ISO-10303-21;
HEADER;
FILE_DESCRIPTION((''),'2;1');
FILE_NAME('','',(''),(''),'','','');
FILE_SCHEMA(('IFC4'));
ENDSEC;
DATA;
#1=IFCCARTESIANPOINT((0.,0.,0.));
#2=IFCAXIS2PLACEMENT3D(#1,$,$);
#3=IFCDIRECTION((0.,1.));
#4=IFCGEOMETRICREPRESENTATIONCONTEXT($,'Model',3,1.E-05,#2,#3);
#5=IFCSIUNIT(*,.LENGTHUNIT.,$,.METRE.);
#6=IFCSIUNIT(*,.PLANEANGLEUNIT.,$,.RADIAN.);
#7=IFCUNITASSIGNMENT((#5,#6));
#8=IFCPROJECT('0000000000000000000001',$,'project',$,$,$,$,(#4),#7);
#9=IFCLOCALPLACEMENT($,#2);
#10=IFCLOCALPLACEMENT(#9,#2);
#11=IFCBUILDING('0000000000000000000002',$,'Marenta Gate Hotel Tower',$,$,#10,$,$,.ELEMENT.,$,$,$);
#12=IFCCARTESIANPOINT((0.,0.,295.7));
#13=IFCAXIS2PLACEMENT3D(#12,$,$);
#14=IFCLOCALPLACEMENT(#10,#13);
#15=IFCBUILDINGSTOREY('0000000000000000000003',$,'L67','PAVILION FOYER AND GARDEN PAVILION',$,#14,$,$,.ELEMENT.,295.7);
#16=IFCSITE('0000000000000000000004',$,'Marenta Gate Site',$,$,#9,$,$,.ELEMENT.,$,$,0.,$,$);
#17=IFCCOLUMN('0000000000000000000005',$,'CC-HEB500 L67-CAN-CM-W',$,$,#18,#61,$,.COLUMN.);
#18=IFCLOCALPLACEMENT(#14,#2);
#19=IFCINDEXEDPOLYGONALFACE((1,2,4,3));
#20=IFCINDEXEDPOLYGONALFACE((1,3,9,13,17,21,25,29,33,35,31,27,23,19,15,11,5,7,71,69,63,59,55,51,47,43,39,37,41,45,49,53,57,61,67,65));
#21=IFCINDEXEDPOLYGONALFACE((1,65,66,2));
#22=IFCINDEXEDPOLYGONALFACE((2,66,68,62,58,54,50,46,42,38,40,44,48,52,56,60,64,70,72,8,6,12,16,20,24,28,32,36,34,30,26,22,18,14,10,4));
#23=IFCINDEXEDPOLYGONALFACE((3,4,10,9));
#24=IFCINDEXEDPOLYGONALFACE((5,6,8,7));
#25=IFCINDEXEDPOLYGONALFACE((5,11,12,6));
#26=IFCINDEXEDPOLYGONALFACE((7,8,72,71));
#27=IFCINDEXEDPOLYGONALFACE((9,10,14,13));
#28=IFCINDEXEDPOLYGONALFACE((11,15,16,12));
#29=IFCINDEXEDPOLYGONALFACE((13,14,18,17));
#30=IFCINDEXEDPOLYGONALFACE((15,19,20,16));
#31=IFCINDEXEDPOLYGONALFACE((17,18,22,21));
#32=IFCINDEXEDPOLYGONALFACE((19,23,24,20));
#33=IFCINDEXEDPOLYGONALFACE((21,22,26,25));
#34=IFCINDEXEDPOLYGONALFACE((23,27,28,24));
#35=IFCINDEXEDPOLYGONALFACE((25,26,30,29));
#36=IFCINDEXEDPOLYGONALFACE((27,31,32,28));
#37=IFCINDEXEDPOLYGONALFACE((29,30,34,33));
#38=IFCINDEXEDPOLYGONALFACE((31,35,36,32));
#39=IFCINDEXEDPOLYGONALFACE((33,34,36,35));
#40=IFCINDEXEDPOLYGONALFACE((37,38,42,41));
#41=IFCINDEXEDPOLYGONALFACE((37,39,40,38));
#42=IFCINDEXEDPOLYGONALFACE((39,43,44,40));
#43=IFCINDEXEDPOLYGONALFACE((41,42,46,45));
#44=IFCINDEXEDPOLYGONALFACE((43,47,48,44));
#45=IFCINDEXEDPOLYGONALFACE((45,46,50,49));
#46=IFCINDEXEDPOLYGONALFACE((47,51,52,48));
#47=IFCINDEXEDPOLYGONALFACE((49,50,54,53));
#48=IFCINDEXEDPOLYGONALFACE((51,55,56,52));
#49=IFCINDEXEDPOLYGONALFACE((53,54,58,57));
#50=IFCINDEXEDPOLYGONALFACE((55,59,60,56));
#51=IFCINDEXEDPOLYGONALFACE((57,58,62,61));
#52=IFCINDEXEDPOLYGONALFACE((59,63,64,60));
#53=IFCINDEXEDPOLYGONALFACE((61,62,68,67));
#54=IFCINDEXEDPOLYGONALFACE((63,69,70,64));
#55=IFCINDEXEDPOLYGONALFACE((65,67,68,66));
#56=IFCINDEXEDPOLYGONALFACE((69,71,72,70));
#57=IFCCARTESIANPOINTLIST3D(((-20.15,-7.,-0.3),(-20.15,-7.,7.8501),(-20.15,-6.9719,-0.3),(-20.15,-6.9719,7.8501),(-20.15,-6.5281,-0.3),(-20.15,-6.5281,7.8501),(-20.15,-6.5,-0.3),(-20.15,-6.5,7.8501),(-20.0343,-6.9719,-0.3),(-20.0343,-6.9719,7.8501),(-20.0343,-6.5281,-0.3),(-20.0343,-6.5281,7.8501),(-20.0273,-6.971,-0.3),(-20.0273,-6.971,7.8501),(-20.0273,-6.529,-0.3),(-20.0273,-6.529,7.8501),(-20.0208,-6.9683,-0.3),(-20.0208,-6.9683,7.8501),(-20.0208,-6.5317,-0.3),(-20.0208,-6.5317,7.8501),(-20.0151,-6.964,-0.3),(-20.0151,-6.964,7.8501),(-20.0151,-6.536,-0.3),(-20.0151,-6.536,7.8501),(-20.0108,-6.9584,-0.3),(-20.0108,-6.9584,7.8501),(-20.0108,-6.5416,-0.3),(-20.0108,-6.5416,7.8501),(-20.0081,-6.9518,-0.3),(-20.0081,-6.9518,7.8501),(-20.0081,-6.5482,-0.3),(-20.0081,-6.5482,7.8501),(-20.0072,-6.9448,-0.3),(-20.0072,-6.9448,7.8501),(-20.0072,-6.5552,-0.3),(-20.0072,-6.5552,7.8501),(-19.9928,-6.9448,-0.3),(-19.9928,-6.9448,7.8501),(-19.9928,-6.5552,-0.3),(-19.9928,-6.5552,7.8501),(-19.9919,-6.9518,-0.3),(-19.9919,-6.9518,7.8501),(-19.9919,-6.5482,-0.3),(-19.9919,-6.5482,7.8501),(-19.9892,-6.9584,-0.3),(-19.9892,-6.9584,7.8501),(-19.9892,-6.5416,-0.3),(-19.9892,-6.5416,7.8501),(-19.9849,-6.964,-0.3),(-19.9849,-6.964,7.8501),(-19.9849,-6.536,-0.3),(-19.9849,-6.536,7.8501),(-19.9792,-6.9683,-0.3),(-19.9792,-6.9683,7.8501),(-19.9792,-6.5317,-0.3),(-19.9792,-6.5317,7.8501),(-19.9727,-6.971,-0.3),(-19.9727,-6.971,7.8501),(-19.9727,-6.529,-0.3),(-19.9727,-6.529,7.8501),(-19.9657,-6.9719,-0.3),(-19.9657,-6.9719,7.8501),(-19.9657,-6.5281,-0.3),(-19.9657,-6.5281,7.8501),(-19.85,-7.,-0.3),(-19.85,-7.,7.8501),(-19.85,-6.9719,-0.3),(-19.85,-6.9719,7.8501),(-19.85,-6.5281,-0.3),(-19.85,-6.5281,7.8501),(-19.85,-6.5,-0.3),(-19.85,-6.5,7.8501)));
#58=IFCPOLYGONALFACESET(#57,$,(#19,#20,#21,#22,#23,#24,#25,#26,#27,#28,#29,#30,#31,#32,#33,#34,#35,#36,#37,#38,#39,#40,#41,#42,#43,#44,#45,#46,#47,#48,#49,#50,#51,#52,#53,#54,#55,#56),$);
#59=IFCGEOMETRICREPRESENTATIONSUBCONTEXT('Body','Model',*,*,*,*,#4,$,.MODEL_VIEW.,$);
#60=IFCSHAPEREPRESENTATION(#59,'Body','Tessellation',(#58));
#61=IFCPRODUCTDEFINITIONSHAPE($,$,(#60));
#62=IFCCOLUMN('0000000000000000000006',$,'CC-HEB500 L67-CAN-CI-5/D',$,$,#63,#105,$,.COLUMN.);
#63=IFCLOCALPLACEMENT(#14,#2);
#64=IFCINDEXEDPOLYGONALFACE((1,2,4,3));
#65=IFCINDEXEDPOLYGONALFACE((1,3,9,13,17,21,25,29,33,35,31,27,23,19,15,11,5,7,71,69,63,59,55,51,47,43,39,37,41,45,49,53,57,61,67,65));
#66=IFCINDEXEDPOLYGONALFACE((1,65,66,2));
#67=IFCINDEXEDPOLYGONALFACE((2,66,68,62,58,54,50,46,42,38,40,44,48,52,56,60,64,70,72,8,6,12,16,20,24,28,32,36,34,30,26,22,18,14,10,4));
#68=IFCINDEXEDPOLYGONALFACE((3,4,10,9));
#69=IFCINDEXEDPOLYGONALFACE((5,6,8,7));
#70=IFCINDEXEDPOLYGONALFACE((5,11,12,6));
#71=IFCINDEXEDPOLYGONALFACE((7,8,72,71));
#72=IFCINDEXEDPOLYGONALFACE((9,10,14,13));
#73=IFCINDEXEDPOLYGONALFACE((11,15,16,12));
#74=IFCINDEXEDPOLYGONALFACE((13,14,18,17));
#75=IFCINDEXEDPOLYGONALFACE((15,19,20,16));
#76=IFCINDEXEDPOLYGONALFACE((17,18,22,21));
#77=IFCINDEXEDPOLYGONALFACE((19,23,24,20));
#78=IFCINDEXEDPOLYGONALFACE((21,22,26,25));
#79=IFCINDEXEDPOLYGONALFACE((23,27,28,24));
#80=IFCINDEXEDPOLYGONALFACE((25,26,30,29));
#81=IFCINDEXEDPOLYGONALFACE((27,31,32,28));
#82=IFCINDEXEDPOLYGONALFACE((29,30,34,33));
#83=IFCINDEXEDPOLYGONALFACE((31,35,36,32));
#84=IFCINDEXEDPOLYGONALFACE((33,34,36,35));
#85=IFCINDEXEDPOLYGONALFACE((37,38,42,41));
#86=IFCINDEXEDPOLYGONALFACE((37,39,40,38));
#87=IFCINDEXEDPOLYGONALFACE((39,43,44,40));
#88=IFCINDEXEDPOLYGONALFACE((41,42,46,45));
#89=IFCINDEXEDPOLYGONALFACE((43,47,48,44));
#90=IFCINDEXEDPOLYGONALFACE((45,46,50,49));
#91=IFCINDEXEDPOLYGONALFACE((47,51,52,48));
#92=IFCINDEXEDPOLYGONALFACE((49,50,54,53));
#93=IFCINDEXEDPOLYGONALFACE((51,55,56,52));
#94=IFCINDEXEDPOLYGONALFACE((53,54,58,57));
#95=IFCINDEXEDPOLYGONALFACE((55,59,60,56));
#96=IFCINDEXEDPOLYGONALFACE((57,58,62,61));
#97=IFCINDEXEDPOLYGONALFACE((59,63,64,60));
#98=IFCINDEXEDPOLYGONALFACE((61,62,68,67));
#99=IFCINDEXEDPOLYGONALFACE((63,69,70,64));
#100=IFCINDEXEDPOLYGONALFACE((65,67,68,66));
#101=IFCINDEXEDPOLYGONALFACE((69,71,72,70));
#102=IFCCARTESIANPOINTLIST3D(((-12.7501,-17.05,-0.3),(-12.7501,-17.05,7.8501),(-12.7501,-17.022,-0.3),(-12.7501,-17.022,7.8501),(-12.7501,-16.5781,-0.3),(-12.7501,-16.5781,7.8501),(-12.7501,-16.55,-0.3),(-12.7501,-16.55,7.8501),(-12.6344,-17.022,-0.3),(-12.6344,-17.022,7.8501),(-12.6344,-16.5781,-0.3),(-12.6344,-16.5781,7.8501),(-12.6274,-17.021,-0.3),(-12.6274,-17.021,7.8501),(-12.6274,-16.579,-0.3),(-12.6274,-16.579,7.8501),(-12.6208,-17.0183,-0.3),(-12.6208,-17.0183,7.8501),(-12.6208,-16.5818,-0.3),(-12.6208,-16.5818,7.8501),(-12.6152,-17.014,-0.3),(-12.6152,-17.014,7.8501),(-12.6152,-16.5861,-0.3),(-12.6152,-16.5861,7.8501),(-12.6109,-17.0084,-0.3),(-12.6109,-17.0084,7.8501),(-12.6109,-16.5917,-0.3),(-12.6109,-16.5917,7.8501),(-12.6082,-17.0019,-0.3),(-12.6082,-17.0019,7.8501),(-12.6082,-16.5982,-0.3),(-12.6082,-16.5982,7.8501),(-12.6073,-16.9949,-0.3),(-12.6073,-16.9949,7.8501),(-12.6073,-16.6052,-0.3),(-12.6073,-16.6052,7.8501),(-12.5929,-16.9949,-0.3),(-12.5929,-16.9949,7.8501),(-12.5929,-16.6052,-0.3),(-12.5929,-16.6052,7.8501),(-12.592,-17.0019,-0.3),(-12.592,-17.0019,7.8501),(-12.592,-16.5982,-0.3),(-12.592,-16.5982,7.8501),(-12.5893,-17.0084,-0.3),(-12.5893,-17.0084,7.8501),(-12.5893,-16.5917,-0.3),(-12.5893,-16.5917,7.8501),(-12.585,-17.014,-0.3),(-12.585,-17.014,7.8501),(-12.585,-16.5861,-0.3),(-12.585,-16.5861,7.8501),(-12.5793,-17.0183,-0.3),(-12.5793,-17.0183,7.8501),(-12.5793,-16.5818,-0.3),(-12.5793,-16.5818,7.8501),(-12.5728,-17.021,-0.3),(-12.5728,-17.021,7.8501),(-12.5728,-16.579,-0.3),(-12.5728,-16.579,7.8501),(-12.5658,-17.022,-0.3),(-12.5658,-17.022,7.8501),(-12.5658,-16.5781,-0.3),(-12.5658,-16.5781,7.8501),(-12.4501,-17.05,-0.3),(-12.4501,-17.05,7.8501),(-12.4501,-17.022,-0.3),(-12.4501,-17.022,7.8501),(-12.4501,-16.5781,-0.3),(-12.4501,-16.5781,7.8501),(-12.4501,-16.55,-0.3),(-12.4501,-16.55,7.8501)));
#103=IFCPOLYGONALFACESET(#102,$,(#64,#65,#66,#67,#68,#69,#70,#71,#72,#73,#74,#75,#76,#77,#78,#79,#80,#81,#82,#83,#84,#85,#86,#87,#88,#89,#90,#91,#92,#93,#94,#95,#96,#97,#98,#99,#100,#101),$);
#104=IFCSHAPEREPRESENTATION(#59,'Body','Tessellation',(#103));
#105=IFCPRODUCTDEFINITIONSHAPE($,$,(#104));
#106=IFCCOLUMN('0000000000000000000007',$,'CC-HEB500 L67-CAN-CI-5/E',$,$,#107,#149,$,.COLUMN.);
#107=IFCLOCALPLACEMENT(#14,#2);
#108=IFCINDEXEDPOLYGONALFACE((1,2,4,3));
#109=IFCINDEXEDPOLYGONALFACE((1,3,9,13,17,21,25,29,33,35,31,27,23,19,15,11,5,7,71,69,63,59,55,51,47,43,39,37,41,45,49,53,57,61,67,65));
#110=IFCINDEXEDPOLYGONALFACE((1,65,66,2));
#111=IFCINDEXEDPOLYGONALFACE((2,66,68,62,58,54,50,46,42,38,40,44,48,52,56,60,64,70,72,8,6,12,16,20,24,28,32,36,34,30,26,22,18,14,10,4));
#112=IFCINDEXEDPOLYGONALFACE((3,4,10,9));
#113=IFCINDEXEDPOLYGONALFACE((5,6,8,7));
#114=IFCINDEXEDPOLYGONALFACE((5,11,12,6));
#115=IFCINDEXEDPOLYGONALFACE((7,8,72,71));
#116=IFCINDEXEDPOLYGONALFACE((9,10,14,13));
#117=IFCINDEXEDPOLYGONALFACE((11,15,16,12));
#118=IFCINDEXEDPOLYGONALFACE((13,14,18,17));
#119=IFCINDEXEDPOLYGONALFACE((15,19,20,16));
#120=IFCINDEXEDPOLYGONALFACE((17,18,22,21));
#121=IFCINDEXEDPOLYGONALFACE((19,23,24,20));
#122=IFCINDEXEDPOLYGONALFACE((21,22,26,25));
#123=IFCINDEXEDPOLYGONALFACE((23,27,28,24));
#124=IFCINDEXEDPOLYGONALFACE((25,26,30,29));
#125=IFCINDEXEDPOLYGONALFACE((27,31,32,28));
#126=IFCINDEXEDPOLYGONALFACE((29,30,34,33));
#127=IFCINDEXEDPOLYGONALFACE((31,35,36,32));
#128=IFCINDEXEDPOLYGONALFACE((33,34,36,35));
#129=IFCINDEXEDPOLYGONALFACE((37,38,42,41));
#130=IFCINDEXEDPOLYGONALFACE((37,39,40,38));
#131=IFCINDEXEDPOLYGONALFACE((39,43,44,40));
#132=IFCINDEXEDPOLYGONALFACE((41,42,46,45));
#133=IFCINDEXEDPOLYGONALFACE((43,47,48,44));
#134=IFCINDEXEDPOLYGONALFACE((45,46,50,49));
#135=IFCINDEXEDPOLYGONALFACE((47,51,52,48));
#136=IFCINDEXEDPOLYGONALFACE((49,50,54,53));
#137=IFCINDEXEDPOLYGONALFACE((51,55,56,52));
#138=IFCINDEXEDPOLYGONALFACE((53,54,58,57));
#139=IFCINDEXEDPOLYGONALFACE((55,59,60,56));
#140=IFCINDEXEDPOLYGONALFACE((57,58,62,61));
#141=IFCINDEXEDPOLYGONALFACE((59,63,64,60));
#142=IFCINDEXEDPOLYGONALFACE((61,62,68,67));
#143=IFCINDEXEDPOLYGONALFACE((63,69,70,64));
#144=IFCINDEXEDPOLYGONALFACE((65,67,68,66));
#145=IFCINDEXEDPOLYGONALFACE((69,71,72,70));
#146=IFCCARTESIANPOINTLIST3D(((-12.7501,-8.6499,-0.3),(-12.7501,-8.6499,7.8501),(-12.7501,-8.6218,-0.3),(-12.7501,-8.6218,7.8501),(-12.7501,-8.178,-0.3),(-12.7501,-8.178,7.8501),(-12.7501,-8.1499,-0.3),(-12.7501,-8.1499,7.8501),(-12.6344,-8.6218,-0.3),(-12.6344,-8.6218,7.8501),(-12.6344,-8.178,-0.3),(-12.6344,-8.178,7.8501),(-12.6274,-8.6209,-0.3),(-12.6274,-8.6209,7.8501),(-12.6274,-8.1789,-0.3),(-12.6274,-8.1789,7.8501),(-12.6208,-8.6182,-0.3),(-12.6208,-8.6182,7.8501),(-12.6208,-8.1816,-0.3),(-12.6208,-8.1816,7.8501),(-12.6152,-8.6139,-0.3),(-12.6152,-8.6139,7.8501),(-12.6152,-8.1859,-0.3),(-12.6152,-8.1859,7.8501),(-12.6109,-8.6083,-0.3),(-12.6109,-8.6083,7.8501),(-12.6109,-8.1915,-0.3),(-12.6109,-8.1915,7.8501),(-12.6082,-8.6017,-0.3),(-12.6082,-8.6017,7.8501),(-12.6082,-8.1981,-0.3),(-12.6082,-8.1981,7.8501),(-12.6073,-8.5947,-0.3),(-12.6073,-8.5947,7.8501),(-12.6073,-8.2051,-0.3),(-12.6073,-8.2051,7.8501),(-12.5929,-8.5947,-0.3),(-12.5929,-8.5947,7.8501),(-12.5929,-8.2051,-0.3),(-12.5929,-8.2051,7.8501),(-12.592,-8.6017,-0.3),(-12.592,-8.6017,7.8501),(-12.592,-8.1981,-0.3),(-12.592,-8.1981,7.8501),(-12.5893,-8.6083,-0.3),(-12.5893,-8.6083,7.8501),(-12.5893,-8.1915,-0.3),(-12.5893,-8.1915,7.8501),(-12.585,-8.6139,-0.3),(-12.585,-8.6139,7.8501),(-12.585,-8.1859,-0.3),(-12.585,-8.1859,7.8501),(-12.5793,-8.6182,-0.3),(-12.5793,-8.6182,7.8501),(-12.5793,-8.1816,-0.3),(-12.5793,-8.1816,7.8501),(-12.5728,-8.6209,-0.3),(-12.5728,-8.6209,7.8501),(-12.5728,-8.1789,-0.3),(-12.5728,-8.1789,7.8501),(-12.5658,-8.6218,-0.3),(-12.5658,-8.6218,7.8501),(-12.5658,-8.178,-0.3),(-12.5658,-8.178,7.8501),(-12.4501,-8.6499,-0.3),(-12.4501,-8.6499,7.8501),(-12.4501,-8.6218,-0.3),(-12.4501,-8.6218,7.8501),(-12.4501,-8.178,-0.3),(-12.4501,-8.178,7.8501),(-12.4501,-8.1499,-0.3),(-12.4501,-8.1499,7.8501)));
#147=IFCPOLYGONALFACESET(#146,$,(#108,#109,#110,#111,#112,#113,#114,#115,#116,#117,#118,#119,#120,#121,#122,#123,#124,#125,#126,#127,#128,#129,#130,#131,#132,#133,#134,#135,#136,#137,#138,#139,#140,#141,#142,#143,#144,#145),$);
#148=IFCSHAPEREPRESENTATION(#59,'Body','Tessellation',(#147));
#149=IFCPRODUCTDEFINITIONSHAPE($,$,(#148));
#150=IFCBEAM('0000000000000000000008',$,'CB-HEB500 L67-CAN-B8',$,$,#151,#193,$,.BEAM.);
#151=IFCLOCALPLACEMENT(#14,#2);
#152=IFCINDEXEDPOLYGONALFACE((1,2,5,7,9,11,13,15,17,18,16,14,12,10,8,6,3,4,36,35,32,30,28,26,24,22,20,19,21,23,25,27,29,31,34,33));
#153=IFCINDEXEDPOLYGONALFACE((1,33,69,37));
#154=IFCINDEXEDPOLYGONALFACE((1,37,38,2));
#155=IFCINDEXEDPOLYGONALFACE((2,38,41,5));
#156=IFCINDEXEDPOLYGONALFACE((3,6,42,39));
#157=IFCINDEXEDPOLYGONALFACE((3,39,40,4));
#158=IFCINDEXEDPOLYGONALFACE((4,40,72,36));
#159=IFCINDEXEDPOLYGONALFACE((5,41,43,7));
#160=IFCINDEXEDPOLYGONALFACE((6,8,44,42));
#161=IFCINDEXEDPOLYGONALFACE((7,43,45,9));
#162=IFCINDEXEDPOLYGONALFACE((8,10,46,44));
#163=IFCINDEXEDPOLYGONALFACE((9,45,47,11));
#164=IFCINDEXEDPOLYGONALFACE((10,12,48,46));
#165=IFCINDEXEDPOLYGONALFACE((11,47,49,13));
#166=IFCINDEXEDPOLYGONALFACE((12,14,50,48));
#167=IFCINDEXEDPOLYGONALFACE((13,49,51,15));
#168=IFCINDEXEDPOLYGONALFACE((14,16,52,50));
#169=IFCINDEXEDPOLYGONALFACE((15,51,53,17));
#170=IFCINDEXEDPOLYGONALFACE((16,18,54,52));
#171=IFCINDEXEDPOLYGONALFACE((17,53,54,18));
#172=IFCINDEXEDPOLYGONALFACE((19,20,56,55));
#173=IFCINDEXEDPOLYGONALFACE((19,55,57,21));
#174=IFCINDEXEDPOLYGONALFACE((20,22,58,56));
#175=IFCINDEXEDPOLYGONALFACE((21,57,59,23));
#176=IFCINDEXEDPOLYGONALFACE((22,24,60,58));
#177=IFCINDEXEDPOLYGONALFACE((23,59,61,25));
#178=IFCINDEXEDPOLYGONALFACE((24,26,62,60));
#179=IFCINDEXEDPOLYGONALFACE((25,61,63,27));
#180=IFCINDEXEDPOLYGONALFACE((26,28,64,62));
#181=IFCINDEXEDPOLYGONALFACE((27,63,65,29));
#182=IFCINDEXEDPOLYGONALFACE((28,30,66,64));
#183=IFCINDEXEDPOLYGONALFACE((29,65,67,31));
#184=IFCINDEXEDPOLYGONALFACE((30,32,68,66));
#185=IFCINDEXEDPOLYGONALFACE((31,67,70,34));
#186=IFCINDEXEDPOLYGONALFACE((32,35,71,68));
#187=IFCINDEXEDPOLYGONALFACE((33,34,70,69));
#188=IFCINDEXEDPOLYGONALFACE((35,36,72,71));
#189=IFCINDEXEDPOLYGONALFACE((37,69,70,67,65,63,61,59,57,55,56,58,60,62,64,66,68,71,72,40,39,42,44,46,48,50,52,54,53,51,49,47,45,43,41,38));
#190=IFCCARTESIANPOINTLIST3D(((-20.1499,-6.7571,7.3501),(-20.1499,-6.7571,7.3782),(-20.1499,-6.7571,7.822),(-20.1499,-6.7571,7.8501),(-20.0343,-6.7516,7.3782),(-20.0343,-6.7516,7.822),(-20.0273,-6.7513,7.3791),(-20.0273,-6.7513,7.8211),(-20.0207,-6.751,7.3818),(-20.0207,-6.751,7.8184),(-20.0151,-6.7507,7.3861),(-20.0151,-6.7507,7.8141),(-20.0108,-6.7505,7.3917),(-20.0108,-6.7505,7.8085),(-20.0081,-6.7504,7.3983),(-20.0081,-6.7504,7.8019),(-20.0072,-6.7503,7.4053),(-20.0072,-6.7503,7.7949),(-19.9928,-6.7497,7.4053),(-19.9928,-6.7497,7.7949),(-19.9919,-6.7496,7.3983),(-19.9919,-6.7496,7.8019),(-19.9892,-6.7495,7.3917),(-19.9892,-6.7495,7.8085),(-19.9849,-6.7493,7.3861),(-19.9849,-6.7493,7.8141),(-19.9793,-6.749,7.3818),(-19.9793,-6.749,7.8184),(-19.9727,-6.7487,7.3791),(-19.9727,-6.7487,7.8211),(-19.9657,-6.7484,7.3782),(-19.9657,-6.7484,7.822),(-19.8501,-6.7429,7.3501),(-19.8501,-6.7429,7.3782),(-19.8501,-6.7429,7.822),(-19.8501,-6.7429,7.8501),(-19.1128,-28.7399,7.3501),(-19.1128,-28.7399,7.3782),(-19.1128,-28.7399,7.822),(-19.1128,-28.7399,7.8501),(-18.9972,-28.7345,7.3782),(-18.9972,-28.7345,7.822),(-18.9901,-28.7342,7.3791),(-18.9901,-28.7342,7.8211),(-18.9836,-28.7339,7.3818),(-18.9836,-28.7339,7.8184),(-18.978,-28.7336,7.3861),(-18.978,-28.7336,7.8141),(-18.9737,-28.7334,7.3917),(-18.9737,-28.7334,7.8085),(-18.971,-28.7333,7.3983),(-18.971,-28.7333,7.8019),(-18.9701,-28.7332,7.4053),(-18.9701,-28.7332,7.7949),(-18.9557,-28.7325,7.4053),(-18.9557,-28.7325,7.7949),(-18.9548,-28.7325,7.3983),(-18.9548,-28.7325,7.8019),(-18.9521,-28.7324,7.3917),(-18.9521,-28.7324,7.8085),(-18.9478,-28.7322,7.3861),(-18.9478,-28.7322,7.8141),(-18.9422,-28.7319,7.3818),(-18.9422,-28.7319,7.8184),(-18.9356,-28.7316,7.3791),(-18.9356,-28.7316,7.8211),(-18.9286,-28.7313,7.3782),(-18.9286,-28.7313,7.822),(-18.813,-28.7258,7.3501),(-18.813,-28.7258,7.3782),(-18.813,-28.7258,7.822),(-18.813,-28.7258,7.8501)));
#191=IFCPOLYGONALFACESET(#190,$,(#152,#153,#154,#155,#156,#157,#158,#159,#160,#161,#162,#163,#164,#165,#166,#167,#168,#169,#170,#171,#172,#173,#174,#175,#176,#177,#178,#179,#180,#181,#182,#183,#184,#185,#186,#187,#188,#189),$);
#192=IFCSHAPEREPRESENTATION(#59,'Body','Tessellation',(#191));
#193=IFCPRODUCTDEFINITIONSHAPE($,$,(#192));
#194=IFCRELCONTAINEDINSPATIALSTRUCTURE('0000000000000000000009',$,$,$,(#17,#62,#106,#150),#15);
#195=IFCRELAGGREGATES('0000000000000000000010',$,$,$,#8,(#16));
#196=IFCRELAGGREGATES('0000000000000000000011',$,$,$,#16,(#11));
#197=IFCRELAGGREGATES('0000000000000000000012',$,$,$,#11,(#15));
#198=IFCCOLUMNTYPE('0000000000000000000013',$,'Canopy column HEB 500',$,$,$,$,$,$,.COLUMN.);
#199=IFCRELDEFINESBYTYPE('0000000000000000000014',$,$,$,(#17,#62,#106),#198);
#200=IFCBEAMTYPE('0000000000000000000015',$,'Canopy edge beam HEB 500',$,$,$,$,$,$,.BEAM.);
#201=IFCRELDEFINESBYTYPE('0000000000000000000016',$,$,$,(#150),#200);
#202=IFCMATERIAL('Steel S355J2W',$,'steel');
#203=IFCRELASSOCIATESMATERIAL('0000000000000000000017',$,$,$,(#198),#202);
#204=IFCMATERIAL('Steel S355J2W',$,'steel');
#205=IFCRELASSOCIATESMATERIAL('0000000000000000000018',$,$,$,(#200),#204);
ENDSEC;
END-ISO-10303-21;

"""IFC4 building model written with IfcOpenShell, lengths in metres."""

from ifc_helpers import new_model, si_unit, direction, frame, origin, origin_2d, place, context, subcontext, project, spatial, i_section, extrude, material, material_profile, profile_set, type_object, element, save


model = new_model("IFC4")

# Units and contexts
model_context = context("Model", 3, precision=1e-05, world=origin(), true_north=direction((0.0, 1.0)))
body_context = subcontext(model_context, "Body", "Model", "MODEL_VIEW")
ifc_project = project(units=[si_unit("LENGTHUNIT", "METRE"), si_unit("PLANEANGLEUNIT", "RADIAN")], contexts=[model_context])

# Site, building, storey
site_placement = place(None, origin())
site = spatial("IfcSite", under=ifc_project, at=site_placement, Name="Marenta Gate Site", CompositionType="ELEMENT", RefElevation=0.0)
building_placement = place(site_placement, origin())
building = spatial("IfcBuilding", under=site, at=building_placement, Name="Marenta Gate Hotel Tower", CompositionType="ELEMENT")
storey_placement = place(building_placement, frame((0.0, 0.0, 295.7)))
storey = spatial("IfcBuildingStorey", under=building, at=storey_placement, Name="L67", Description="PAVILION FOYER AND GARDEN PAVILION", CompositionType="ELEMENT", Elevation=295.7)

# Columns
ifc_material_1 = material(Name="Steel S355J2W", Category="steel")
ifc_material_profile_1 = material_profile(ifc_material_1, i_section(OverallWidth=0.3, OverallDepth=0.5, WebThickness=0.0144, FlangeThickness=0.0281, FilletRadius=0.0271, at=origin_2d()), Name="HEB 500")
ifc_profile_set_1 = profile_set([ifc_material_profile_1], Name="Steel S355J2W")
column_type = type_object("IfcColumnType", Name="Canopy column HEB 500", PredefinedType="COLUMN", material=ifc_profile_set_1)
for number, where, z_axis, x_axis, name in (
    (1, (-20.0, -6.75, -0.3), (0.0, 0.0, 1.0), (1.0, 0.0, 0.0), "CC-HEB500 L67-CAN-CM-W"),
    (2, (-12.6001, -16.8, -0.3), (0.0, 0.0, 1.0), (1.0, 0.0, 0.0), "CC-HEB500 L67-CAN-CI-5/D"),
    (3, (-12.6001, -8.3999, -0.3), (0.0, 0.0, 1.0), (1.0, 0.0, 0.0), "CC-HEB500 L67-CAN-CI-5/E"),
):
    element("IfcColumn", number, at=place(storey_placement, frame(where, z_axis=z_axis, x_axis=x_axis)), inside=storey, type_object=column_type, Name=name, PredefinedType="COLUMN", context=body_context, shape_type="SweptSolid", body=[
        extrude(i_section(OverallWidth=0.3, OverallDepth=0.5, WebThickness=0.0144, FlangeThickness=0.0281, FilletRadius=0.0271, at=origin_2d()), origin(), (0.0, 0.0, 1.0), 8.1501),
    ])

# Beam
ifc_material_2 = material(Name="Steel S355J2W", Category="steel")
ifc_material_profile_2 = material_profile(ifc_material_2, i_section(OverallWidth=0.3, OverallDepth=0.5, WebThickness=0.0144, FlangeThickness=0.0281, FilletRadius=0.0271, at=origin_2d()), Name="HEB 500")
ifc_profile_set_2 = profile_set([ifc_material_profile_2], Name="Steel S355J2W")
beam_type_1 = type_object("IfcBeamType", Name="Canopy edge beam HEB 500", PredefinedType="BEAM", material=ifc_profile_set_2)
beam_1_placement = place(storey_placement, frame((-20.0, -6.75, 7.6001), z_axis=(0.047126, -0.998889, 0.0), x_axis=(0.998889, 0.047126, 0.0)))
element("IfcBeam", 4, at=beam_1_placement, inside=storey, type_object=beam_type_1, Name="CB-HEB500 L67-CAN-B8", PredefinedType="BEAM", context=body_context, shape_type="SweptSolid", body=[
    extrude(i_section(OverallWidth=0.3, OverallDepth=0.5, WebThickness=0.0144, FlangeThickness=0.0281, FilletRadius=0.0271, at=origin_2d()), origin(), (0.0, 0.0, 1.0), 22.0073),
])

save(model, "model.ifc")
